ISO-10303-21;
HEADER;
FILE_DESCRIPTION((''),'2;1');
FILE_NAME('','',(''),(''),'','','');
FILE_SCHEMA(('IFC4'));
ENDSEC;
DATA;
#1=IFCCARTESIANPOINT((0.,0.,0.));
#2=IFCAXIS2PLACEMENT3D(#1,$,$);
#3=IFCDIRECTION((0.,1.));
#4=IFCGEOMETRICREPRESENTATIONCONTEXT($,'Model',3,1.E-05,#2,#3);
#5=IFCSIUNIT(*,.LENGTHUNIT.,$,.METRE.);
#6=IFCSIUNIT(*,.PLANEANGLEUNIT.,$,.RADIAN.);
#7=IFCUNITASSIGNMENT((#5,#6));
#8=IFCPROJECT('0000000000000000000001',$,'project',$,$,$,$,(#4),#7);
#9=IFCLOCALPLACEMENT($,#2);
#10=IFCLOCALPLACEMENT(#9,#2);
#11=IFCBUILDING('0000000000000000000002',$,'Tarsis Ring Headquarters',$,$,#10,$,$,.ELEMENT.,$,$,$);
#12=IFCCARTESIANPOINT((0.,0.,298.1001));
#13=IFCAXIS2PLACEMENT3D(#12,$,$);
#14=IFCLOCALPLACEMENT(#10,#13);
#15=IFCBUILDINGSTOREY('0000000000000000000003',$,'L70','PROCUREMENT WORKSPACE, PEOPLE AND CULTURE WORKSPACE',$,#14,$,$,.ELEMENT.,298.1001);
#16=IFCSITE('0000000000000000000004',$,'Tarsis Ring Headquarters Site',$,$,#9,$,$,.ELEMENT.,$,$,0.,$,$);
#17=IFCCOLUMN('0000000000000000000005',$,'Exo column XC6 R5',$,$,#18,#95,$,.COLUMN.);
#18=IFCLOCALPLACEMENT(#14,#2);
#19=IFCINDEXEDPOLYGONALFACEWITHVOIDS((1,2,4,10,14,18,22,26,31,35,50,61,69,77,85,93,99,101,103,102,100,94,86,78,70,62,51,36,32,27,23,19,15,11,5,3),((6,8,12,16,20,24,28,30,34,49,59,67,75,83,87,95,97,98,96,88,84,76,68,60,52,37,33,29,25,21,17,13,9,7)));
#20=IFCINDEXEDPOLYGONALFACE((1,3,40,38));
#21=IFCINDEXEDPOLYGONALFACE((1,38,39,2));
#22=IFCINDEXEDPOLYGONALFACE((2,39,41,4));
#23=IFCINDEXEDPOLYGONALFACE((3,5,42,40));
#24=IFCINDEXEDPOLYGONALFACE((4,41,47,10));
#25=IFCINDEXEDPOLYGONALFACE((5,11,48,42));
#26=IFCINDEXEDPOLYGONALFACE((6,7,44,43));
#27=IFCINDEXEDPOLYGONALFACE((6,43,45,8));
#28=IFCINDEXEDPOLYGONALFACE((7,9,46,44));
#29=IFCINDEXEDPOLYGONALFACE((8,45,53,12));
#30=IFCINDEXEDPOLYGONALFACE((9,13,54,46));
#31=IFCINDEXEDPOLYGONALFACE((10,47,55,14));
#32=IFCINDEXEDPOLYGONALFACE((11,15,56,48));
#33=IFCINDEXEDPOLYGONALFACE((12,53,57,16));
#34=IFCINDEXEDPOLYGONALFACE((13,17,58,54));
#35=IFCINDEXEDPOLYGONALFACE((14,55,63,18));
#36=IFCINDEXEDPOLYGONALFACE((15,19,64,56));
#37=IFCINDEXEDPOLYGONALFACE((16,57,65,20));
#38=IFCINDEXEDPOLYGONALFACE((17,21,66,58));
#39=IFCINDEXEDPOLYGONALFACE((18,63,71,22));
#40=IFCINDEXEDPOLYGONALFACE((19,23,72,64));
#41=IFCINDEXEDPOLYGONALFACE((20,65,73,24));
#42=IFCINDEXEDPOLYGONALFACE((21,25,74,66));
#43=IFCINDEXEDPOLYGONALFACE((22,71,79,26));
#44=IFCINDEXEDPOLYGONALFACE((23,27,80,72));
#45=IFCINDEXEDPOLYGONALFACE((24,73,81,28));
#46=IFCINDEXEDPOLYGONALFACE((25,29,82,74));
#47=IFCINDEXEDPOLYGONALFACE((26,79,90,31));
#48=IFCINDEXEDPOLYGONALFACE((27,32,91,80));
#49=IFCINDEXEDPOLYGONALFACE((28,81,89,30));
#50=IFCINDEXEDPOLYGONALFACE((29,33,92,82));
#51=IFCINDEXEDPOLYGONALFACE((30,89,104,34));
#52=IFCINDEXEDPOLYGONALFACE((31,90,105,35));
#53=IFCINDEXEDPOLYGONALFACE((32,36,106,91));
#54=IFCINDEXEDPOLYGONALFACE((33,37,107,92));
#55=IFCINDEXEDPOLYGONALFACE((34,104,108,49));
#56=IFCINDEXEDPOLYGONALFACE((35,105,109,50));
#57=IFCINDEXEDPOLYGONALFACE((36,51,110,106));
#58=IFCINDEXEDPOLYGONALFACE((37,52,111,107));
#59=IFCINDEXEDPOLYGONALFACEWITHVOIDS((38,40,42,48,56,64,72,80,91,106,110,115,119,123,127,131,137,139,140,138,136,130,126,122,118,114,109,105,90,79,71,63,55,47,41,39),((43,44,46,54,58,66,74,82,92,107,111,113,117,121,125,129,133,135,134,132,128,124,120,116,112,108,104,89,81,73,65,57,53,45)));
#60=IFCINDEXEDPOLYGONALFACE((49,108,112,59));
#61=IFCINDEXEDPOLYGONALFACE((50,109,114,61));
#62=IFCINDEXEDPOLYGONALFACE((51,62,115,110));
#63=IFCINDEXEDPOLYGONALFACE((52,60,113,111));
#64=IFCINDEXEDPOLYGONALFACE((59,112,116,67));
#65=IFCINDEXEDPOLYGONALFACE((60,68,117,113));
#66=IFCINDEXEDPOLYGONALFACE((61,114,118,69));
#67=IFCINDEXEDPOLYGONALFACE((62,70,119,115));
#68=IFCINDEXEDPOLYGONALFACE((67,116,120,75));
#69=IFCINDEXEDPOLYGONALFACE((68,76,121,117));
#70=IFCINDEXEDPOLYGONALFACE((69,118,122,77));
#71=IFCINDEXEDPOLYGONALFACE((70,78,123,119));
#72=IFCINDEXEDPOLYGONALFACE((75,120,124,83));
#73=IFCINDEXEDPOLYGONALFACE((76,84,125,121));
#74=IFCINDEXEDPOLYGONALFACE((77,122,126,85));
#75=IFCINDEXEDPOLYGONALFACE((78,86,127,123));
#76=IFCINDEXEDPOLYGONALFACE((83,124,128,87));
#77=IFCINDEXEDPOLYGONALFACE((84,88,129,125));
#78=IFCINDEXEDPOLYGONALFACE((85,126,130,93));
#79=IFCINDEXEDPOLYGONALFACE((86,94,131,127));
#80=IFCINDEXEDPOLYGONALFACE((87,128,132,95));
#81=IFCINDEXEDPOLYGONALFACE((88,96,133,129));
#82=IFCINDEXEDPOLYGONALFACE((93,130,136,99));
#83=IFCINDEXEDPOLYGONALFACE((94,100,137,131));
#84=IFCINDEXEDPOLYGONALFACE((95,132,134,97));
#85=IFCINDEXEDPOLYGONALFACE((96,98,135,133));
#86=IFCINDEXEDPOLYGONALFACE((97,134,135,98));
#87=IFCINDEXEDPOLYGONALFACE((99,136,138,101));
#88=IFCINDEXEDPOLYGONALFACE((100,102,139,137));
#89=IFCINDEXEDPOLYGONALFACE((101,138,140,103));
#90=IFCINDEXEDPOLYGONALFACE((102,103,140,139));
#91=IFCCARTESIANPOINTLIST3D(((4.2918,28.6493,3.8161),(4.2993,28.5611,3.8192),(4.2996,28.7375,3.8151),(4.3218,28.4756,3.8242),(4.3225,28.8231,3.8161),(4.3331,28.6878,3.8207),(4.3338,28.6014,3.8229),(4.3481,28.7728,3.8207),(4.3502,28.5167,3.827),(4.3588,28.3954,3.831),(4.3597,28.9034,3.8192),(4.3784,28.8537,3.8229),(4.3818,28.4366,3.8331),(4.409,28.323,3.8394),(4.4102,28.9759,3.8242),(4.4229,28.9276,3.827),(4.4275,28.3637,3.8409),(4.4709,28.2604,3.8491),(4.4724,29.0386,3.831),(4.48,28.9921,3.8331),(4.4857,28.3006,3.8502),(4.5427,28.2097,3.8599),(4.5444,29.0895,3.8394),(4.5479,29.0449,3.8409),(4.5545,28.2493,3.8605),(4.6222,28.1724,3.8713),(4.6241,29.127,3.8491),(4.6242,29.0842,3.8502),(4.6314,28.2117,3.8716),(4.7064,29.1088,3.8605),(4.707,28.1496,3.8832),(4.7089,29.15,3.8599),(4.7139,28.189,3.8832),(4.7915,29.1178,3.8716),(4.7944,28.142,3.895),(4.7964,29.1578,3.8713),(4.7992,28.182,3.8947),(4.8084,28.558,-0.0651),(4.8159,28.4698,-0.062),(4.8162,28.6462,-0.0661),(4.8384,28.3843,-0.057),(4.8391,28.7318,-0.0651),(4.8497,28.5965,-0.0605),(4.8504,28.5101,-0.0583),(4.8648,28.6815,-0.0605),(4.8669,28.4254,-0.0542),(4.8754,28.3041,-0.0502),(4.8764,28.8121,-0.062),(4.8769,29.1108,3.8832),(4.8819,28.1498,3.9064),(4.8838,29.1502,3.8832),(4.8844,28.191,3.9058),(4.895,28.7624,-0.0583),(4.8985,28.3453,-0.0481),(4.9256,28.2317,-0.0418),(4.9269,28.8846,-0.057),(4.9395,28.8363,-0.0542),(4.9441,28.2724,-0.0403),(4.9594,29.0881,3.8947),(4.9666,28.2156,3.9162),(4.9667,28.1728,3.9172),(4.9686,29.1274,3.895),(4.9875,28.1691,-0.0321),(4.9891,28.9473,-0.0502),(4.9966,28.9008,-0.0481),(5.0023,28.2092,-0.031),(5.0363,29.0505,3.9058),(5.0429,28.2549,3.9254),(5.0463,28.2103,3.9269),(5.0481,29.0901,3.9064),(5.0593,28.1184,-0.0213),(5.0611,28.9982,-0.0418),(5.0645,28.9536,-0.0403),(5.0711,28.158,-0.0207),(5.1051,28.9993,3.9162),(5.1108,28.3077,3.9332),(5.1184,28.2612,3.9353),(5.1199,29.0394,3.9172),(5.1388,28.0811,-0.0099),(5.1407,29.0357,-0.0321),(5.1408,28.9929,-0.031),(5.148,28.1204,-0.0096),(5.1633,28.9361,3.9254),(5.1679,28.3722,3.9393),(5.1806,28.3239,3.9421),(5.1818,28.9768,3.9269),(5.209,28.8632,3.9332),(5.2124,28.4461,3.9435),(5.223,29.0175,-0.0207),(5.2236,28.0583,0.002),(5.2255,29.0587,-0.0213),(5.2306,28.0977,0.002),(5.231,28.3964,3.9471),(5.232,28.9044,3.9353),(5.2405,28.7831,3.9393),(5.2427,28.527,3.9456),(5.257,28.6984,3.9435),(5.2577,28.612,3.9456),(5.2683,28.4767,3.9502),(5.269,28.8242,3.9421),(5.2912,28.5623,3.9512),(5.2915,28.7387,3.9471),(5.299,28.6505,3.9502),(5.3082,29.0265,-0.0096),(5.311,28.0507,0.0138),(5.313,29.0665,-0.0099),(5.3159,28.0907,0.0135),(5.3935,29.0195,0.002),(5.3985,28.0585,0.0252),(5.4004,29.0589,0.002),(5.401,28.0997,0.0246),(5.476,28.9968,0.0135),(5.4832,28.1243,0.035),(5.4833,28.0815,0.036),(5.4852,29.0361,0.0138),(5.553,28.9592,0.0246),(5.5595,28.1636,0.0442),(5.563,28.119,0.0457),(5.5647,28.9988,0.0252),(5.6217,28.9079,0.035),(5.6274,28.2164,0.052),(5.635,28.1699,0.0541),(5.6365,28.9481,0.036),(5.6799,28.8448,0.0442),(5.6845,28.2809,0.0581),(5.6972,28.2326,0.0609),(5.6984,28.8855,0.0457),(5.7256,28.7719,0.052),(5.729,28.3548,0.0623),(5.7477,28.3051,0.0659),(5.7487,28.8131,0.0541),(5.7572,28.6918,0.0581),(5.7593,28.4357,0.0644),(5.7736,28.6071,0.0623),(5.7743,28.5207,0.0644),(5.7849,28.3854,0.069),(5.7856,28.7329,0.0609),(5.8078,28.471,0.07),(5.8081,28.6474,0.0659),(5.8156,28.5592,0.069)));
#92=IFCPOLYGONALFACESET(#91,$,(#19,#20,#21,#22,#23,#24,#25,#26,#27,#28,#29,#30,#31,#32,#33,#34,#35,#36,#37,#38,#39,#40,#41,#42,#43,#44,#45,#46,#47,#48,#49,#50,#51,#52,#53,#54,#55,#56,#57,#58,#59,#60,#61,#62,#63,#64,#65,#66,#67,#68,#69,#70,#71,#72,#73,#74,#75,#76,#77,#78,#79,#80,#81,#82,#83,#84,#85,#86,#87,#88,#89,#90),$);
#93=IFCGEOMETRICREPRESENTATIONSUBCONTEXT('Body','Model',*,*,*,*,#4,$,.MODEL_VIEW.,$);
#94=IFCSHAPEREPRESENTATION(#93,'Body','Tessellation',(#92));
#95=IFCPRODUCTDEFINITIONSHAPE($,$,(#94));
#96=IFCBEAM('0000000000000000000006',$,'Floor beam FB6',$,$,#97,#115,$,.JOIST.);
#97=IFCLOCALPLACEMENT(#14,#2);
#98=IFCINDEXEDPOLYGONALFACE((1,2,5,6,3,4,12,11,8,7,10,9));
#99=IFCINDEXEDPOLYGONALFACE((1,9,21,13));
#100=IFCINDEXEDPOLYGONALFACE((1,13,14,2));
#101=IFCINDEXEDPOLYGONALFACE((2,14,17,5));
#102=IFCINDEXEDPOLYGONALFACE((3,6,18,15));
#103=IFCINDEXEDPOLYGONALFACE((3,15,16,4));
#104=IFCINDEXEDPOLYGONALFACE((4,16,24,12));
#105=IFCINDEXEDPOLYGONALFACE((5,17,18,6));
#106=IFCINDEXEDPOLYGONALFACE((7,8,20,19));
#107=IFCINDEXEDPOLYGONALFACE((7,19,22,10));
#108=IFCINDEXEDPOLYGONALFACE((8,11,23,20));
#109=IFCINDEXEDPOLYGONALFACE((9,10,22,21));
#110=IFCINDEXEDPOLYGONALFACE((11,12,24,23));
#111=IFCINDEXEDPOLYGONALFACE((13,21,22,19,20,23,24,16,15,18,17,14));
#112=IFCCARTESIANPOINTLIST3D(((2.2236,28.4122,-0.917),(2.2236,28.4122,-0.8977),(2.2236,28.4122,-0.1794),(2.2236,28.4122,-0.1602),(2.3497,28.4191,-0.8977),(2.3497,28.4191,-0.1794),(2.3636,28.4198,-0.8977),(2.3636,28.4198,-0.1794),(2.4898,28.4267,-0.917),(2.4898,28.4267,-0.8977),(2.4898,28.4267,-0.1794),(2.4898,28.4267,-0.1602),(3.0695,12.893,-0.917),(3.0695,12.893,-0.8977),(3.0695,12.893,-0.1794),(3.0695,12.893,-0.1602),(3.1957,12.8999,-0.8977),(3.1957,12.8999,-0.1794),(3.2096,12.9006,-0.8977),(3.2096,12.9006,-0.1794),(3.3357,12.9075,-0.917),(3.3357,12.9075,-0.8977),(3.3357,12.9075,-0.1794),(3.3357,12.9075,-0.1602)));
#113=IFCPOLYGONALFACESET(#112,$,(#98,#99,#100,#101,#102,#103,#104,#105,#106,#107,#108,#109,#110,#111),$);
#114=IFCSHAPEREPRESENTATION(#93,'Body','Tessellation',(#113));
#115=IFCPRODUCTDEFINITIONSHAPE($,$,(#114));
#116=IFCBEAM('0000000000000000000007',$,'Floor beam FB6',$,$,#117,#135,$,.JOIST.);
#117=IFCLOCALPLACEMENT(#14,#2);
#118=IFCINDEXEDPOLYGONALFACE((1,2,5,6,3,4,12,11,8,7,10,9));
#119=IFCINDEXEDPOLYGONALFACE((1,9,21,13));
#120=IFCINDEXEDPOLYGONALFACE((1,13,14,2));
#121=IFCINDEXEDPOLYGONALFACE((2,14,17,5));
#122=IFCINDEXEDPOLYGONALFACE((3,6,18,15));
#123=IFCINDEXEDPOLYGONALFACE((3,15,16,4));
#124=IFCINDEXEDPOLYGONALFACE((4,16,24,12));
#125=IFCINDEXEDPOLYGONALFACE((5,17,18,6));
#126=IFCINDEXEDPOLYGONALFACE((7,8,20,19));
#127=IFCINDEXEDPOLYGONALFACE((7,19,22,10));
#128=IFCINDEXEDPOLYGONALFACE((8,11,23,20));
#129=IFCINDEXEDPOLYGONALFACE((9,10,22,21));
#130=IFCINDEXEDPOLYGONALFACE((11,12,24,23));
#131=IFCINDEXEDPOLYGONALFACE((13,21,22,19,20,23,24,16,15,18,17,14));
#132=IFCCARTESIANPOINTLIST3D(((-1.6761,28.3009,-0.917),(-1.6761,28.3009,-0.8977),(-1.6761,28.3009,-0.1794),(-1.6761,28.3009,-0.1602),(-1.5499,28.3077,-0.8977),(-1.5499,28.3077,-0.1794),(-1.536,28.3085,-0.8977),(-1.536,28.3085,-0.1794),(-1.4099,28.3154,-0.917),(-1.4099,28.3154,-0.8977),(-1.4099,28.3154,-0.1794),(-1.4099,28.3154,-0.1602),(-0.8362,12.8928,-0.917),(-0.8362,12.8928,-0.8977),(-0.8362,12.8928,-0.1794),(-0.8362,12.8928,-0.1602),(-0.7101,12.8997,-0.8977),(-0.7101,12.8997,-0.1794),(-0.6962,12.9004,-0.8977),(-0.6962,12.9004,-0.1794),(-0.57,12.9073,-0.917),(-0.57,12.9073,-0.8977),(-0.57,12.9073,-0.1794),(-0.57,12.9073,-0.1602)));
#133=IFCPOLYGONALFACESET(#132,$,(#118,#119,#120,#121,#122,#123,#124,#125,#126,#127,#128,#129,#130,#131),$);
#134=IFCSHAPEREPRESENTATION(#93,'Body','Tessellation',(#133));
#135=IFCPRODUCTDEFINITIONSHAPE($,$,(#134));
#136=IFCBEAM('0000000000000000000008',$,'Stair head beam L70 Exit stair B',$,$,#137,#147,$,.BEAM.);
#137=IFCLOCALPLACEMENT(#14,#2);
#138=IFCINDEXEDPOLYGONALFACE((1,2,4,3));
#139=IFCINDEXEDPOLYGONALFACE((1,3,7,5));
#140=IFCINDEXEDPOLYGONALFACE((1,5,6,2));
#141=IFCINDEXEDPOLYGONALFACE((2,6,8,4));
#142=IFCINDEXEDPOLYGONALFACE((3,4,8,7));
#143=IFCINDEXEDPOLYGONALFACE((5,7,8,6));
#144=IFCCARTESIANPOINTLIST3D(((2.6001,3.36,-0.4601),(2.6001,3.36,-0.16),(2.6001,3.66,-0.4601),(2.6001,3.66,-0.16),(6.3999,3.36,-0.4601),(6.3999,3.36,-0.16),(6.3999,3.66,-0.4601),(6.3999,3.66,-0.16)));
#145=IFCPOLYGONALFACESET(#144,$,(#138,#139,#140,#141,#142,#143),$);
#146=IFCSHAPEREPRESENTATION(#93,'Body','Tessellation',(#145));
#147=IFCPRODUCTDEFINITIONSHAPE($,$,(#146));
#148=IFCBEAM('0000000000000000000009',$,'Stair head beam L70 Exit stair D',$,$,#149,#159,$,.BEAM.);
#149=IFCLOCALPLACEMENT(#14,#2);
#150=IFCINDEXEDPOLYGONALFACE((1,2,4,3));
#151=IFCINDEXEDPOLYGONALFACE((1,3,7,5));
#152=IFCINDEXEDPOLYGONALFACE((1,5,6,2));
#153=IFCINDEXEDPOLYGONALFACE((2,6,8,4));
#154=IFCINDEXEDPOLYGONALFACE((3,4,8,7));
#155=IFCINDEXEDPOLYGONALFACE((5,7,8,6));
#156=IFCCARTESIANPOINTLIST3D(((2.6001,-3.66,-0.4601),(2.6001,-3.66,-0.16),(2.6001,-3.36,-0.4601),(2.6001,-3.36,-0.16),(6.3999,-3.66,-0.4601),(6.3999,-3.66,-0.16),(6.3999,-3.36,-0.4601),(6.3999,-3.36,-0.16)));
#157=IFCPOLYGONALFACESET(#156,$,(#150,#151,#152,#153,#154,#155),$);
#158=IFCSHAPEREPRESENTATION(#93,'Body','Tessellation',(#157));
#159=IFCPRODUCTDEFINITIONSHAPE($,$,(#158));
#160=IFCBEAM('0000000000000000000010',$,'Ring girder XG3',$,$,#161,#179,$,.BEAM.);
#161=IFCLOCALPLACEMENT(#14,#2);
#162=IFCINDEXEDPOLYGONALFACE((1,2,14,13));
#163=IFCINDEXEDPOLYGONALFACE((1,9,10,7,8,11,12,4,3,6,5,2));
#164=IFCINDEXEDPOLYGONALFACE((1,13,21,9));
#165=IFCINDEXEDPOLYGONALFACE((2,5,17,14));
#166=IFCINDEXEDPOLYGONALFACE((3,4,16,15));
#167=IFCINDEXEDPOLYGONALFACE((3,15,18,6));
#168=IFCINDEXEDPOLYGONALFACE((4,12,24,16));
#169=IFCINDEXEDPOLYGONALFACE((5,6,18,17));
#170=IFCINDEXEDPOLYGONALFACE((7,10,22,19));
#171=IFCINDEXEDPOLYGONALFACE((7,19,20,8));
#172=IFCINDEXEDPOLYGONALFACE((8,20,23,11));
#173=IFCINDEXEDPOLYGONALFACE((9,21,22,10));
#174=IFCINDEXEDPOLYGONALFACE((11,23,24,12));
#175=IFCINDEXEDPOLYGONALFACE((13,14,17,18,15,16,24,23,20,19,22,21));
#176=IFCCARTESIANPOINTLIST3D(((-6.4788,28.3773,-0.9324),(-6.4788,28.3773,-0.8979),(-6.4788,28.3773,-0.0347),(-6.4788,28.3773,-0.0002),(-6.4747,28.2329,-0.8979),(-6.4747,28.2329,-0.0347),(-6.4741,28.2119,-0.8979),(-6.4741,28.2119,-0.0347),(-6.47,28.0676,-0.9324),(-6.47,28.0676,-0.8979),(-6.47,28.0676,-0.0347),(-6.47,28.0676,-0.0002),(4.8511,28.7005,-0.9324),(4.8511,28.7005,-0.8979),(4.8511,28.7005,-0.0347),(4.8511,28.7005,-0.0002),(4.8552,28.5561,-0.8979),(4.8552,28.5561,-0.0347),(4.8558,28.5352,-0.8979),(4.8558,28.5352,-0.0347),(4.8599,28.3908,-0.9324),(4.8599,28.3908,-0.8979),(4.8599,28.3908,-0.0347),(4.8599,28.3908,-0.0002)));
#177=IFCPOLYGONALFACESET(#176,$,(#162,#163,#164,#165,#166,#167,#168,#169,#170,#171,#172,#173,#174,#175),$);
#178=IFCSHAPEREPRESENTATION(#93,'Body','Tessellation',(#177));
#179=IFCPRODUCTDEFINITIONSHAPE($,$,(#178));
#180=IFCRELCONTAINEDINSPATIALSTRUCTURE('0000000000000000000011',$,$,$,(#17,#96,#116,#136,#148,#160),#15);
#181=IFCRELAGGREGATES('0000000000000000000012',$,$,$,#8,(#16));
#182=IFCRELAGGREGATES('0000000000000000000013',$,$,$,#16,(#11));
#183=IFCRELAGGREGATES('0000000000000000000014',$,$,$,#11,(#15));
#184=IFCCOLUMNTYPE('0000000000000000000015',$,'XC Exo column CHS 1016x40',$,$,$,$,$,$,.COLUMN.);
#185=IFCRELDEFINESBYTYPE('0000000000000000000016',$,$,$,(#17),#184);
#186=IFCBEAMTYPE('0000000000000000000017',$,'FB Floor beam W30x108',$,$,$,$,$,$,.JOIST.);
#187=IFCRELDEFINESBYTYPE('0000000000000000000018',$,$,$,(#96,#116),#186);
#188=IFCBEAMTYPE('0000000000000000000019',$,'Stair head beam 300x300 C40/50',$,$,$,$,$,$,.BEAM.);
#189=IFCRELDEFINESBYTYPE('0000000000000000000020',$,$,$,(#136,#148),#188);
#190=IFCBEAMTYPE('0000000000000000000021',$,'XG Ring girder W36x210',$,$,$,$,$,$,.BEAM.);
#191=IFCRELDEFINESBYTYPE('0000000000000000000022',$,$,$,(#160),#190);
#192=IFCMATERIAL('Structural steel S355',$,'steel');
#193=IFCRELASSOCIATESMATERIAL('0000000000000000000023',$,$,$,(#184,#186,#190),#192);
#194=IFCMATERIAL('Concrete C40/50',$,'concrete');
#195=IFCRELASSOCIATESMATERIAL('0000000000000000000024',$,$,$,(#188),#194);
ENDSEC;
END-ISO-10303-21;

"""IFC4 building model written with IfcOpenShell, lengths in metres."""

from ifc_helpers import new_model, si_unit, direction, frame, origin, origin_2d, place, context, subcontext, project, spatial, rectangle, hollow_circle, i_section, extrude, material, material_profile, profile_set, type_object, element, save


model = new_model("IFC4")

# Units and contexts
model_context = context("Model", 3, precision=1e-05, world=origin(), true_north=direction((0.0, 1.0)))
body_context = subcontext(model_context, "Body", "Model", "MODEL_VIEW")
ifc_project = project(units=[si_unit("LENGTHUNIT", "METRE"), si_unit("PLANEANGLEUNIT", "RADIAN")], contexts=[model_context])

# Site, building, storey
site_placement = place(None, origin())
site = spatial("IfcSite", under=ifc_project, at=site_placement, Name="Tarsis Ring Headquarters Site", CompositionType="ELEMENT", RefElevation=0.0)
building_placement = place(site_placement, origin())
building = spatial("IfcBuilding", under=site, at=building_placement, Name="Tarsis Ring Headquarters", CompositionType="ELEMENT")
storey_placement = place(building_placement, frame((0.0, 0.0, 298.1001)))
storey = spatial("IfcBuildingStorey", under=building, at=storey_placement, Name="L70", Description="PROCUREMENT WORKSPACE, PEOPLE AND CULTURE WORKSPACE", CompositionType="ELEMENT", Elevation=298.1001)

# Column
ifc_material_1 = material(Name="Structural steel S355", Category="steel")
ifc_material_profile_1 = material_profile(ifc_material_1, hollow_circle(Radius=0.5081, WallThickness=0.04, at=origin_2d()), Name="CHS 1016x40")
ifc_profile_set_1 = profile_set([ifc_material_profile_1], Name="Structural steel S355")
column_type = type_object("IfcColumnType", Name="XC Exo column CHS 1016x40", PredefinedType="COLUMN", material=ifc_profile_set_1)
column_placement = place(storey_placement, frame((5.312, 28.5586, 0.002), z_axis=(-0.131907, 0.023314, 0.990988), x_axis=(-0.174051, -0.984737, 0.0)))
element("IfcColumn", 1, at=column_placement, inside=storey, type_object=column_type, Name="Exo column XC6 R5", PredefinedType="COLUMN", context=body_context, shape_type="SweptSolid", body=[
    extrude(hollow_circle(Radius=0.5081, WallThickness=0.04, at=origin_2d()), origin(), (0.0, 0.0, 1.0), 3.9165),
])

# Beams
ifc_material_profile_2 = material_profile(ifc_material_1, i_section(OverallWidth=0.2666, OverallDepth=0.7568, WebThickness=0.0139, FlangeThickness=0.0193, at=origin_2d()), Name="W30x108")
ifc_profile_set_2 = profile_set([ifc_material_profile_2], Name="Structural steel S355")
beam_type_1 = type_object("IfcBeamType", Name="FB Floor beam W30x108", PredefinedType="JOIST", material=ifc_profile_set_2)
beam_1_placement = place(storey_placement, frame((2.3567, 28.4194, -0.5386), z_axis=(0.054429, -0.998518, 0.0), x_axis=(0.998518, 0.054429, 0.0)))
element("IfcBeam", 2, at=beam_1_placement, inside=storey, type_object=beam_type_1, Name="Floor beam FB6", PredefinedType="JOIST", context=body_context, shape_type="SweptSolid", body=[
    extrude(i_section(OverallWidth=0.2666, OverallDepth=0.7568, WebThickness=0.0139, FlangeThickness=0.0193, at=origin_2d()), origin(), (0.0, 0.0, 1.0), 15.5422),
])
beam_2_placement = place(storey_placement, frame((-1.543, 28.3081, -0.5386), z_axis=(0.054426, -0.998518, 0.0), x_axis=(0.998518, 0.054426, 0.0)))
element("IfcBeam", 3, at=beam_2_placement, inside=storey, type_object=beam_type_1, Name="Floor beam FB6", PredefinedType="JOIST", context=body_context, shape_type="SweptSolid", body=[
    extrude(i_section(OverallWidth=0.2666, OverallDepth=0.7568, WebThickness=0.0139, FlangeThickness=0.0193, at=origin_2d()), origin(), (0.0, 0.0, 1.0), 15.4309),
])
ifc_material_2 = material(Name="Concrete C40/50", Category="concrete")
ifc_material_profile_3 = material_profile(ifc_material_2, rectangle(XDim=0.3, YDim=0.3, at=origin_2d()), Name="Stair head beam 300x300 C40/50")
ifc_profile_set_3 = profile_set([ifc_material_profile_3], Name="Concrete C40/50")
beam_type_2 = type_object("IfcBeamType", Name="Stair head beam 300x300 C40/50", PredefinedType="BEAM", material=ifc_profile_set_3)
for number, where, z_axis, x_axis, name in (
    (4, (2.6001, 3.51, -0.3101), (1.0, 0.0, 0.0), (0.0, 1.0, 0.0), "Stair head beam L70 Exit stair B"),
    (5, (2.6001, -3.51, -0.3101), (1.0, 0.0, 0.0), (0.0, 1.0, 0.0), "Stair head beam L70 Exit stair D"),
):
    element("IfcBeam", number, at=place(storey_placement, frame(where, z_axis=z_axis, x_axis=x_axis)), inside=storey, type_object=beam_type_2, Name=name, PredefinedType="BEAM", context=body_context, shape_type="SweptSolid", body=[
        extrude(rectangle(XDim=0.3, YDim=0.3, at=origin_2d()), origin(), (0.0, 0.0, 1.0), 3.7998),
    ])
ifc_material_profile_4 = material_profile(ifc_material_1, i_section(OverallWidth=0.3098, OverallDepth=0.9321, WebThickness=0.021, FlangeThickness=0.0344, at=origin_2d()), Name="W36x210")
ifc_profile_set_4 = profile_set([ifc_material_profile_4], Name="Structural steel S355")
beam_type_3 = type_object("IfcBeamType", Name="XG Ring girder W36x210", PredefinedType="BEAM", material=ifc_profile_set_4)
beam_3_placement = place(storey_placement, frame((4.8555, 28.5457, -0.4663), z_axis=(-0.999593, -0.028519, 0.0), x_axis=(0.028519, -0.999593, 0.0)))
element("IfcBeam", 6, at=beam_3_placement, inside=storey, type_object=beam_type_3, Name="Ring girder XG3", PredefinedType="BEAM", context=body_context, shape_type="SweptSolid", body=[
    extrude(i_section(OverallWidth=0.3098, OverallDepth=0.9321, WebThickness=0.021, FlangeThickness=0.0344, at=origin_2d()), origin(), (0.0, 0.0, 1.0), 11.3345),
])

save(model, "model.ifc")
